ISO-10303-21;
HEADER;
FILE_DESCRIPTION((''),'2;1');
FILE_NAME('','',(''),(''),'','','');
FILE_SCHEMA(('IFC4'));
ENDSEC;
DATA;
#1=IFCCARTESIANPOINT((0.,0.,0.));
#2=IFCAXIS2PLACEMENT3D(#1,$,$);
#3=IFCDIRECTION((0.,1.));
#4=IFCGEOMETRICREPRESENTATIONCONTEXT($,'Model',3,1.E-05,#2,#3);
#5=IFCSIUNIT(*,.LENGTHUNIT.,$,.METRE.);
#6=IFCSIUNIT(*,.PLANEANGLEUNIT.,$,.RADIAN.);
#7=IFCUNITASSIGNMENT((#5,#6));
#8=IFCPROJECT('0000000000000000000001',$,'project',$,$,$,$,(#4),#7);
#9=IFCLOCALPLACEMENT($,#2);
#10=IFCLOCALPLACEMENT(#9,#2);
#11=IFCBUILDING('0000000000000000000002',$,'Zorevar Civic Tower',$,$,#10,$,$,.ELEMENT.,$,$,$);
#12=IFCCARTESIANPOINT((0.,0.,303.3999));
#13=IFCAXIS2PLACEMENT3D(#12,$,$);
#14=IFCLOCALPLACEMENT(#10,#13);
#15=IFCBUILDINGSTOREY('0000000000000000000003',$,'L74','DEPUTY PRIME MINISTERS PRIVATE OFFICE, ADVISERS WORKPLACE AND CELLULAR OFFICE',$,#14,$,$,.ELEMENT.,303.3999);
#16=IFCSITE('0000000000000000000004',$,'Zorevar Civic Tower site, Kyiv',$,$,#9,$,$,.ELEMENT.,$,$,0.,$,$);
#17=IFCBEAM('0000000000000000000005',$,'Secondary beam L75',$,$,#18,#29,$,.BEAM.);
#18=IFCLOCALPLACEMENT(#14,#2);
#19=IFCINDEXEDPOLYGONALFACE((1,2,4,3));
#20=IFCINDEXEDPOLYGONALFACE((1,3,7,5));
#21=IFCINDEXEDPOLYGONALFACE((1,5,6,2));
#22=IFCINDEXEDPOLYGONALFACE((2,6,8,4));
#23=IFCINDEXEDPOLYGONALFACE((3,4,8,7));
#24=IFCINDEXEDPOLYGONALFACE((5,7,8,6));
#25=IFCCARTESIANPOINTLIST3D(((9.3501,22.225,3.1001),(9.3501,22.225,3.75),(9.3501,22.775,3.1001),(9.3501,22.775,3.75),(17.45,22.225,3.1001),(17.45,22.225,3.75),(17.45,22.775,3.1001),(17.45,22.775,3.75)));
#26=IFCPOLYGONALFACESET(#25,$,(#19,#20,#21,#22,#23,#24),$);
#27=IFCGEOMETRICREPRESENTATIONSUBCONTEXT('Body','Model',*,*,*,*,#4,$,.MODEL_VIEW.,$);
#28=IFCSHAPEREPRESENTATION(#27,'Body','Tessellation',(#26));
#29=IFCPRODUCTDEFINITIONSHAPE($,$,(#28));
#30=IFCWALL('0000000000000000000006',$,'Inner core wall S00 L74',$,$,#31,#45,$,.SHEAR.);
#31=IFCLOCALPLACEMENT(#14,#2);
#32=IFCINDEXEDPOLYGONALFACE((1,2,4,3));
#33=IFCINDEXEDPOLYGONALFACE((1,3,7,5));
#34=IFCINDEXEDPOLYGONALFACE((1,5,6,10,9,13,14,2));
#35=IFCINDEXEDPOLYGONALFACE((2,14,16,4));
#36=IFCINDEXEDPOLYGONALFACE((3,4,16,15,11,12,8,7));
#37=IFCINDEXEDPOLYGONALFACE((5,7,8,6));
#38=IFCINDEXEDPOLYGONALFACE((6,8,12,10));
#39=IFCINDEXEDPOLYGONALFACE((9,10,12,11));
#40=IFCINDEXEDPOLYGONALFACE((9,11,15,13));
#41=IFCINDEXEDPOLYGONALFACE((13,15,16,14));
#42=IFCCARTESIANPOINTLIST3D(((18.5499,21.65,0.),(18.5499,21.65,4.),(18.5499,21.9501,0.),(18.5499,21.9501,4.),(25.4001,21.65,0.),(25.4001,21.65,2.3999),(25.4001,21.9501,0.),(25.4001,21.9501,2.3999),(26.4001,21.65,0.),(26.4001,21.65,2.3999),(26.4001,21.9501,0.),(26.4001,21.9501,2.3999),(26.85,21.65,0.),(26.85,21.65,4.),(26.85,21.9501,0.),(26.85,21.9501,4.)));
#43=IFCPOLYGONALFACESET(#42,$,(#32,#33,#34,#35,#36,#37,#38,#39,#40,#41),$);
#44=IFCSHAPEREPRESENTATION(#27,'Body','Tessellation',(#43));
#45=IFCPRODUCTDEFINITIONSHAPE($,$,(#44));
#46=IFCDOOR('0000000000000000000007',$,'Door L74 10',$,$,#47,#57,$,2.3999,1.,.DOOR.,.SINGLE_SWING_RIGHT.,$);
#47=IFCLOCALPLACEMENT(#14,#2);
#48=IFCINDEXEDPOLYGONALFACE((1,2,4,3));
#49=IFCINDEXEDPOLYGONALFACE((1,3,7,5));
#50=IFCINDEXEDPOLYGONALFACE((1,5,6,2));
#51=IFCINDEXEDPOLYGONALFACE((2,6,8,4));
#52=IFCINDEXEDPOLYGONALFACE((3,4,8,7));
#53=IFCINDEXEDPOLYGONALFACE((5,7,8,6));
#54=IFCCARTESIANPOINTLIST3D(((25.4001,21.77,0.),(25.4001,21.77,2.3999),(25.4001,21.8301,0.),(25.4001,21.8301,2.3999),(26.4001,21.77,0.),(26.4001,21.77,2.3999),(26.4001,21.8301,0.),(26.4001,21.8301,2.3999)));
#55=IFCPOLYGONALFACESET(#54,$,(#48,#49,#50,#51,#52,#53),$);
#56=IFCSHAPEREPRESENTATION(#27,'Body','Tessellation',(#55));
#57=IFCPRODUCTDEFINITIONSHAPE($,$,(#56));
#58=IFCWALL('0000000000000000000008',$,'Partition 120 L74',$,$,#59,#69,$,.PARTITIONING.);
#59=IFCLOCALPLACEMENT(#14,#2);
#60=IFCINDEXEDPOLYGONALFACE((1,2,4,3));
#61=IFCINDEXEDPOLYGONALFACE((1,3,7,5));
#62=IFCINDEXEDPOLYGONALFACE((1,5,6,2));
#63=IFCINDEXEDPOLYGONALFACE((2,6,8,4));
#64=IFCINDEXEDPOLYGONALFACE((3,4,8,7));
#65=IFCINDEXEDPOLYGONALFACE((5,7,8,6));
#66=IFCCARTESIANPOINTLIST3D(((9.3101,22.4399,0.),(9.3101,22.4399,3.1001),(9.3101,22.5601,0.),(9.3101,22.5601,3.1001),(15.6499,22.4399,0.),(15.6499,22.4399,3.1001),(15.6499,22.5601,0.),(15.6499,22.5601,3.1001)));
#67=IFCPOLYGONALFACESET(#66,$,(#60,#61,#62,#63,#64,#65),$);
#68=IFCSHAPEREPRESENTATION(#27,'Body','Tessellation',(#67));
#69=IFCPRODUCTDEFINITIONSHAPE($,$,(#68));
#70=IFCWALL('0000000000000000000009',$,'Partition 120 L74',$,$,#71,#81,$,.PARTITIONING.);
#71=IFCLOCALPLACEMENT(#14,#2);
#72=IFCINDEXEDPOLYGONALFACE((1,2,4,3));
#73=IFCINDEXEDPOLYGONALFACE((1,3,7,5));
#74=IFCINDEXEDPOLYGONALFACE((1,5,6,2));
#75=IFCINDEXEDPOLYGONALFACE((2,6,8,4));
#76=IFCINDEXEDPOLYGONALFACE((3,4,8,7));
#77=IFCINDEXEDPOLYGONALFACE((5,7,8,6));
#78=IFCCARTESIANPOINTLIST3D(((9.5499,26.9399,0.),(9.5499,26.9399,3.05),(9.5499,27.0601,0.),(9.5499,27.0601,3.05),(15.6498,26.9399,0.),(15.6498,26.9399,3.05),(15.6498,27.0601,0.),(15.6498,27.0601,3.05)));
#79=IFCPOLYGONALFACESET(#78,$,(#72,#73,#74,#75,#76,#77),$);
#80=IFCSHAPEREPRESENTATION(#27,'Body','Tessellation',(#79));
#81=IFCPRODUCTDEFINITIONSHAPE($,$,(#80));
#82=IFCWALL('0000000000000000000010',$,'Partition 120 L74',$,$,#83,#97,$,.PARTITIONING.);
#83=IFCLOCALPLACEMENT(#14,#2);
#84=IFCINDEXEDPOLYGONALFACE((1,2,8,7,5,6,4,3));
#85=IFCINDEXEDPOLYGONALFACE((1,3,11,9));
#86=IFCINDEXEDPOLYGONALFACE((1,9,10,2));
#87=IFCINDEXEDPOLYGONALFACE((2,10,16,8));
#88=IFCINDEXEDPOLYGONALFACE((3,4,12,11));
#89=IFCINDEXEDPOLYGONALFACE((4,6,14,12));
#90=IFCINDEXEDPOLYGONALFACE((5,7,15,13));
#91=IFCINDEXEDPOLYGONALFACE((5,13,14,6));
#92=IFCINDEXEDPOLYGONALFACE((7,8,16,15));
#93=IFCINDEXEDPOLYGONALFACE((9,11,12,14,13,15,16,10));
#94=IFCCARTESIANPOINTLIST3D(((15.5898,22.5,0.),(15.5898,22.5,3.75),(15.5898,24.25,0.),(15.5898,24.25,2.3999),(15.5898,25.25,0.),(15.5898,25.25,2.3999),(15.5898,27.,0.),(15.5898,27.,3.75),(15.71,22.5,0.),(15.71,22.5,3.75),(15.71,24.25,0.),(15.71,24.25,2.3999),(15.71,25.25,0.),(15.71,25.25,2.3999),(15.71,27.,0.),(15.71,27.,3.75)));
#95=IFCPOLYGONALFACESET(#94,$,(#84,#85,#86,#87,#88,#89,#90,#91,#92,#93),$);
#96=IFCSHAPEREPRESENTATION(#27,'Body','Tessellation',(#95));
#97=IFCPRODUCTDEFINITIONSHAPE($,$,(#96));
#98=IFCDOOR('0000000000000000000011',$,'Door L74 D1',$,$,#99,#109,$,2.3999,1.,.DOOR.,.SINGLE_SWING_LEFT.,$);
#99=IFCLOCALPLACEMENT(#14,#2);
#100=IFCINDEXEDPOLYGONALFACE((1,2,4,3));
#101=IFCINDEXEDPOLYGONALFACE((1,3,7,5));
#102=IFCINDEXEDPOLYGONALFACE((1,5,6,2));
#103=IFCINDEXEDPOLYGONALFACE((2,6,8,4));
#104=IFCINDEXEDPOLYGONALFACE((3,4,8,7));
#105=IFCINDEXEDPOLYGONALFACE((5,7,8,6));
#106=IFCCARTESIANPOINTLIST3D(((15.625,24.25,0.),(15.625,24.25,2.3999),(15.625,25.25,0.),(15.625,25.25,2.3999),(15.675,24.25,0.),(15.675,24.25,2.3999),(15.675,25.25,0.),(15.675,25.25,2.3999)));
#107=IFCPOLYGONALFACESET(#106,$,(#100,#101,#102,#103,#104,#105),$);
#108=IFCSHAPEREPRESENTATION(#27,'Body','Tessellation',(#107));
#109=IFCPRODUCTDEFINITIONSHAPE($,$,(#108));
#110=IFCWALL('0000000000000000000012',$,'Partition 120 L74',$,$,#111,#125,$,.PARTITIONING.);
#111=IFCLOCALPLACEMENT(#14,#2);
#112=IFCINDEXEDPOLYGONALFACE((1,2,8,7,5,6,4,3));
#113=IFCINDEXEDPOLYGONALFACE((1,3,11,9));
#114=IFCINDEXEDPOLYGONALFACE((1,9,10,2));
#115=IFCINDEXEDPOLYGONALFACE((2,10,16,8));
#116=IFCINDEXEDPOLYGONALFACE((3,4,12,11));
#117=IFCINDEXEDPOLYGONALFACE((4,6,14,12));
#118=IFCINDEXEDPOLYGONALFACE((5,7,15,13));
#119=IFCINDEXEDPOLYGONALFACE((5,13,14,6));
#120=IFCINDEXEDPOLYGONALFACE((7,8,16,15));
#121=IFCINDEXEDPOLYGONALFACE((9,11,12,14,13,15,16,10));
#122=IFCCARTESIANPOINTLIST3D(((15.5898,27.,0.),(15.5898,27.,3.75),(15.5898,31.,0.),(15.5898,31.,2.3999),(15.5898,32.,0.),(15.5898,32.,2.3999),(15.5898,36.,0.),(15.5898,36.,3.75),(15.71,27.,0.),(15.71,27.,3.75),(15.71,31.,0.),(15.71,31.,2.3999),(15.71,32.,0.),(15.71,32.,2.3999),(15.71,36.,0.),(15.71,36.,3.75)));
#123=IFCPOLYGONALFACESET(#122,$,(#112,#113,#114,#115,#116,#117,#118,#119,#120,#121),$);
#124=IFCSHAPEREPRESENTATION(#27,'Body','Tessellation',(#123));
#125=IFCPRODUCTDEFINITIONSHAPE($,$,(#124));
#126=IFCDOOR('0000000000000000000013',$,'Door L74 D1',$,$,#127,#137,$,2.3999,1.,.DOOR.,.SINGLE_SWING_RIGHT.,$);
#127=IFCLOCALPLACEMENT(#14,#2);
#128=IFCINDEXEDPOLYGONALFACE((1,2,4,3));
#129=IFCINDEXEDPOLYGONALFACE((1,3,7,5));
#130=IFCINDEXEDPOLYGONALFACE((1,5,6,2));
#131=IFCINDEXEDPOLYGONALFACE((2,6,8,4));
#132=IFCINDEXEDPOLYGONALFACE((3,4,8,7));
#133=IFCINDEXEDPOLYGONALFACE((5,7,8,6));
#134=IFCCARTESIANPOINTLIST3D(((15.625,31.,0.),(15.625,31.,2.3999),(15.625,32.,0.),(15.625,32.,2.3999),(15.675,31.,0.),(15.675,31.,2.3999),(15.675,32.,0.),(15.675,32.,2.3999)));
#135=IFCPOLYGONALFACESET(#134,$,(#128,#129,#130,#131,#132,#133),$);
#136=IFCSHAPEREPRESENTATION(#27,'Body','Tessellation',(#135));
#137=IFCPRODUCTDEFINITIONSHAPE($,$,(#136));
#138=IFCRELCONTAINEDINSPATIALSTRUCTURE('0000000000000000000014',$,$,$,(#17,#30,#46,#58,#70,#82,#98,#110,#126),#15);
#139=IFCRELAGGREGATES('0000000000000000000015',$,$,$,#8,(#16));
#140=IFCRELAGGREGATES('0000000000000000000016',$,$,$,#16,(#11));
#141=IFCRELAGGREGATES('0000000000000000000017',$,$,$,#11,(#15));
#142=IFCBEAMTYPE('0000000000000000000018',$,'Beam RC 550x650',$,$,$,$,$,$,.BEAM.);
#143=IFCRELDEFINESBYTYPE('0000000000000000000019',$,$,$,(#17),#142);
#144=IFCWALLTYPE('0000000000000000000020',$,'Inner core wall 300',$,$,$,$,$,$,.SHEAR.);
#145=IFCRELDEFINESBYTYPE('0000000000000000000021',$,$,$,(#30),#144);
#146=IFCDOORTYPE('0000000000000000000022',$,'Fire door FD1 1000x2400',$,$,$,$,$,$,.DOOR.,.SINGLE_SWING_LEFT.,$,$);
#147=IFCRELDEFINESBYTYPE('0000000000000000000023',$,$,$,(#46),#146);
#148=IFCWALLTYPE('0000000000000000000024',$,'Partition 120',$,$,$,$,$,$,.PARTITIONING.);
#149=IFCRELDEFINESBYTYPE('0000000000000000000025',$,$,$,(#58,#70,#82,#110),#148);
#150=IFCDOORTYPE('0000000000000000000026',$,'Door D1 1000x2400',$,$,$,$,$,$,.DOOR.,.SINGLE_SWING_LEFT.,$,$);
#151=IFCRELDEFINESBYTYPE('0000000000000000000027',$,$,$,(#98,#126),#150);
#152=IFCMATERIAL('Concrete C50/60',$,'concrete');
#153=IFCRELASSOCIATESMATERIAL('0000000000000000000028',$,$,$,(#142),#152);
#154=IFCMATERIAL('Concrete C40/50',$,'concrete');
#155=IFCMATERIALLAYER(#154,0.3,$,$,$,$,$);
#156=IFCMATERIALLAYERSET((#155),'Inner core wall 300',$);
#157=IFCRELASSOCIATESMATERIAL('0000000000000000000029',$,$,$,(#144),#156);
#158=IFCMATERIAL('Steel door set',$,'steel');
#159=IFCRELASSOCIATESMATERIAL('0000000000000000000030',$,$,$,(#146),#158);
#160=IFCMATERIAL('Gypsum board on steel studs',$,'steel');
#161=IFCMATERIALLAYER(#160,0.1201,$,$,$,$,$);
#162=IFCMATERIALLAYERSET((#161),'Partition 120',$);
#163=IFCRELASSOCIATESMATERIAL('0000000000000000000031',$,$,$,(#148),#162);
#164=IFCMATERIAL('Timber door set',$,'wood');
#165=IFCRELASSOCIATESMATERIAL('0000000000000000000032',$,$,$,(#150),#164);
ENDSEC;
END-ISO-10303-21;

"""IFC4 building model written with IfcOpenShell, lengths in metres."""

from ifc_helpers import new_model, si_unit, direction, frame, frame_2d, origin, origin_2d, place, context, subcontext, project, spatial, rectangle, extrude, material, layer, layer_set, material_profile, profile_set, type_object, element, fill, save


model = new_model("IFC4")

# Units and contexts
model_context = context("Model", 3, precision=1e-05, world=origin(), true_north=direction((0.0, 1.0)))
body_context = subcontext(model_context, "Body", "Model", "MODEL_VIEW")
ifc_project = project(units=[si_unit("LENGTHUNIT", "METRE"), si_unit("PLANEANGLEUNIT", "RADIAN")], contexts=[model_context])

# Site, building, storey
site_placement = place(None, origin())
site = spatial("IfcSite", under=ifc_project, at=site_placement, Name="Zorevar Civic Tower site, Kyiv", CompositionType="ELEMENT", RefElevation=0.0)
building_placement = place(site_placement, origin())
building = spatial("IfcBuilding", under=site, at=building_placement, Name="Zorevar Civic Tower", CompositionType="ELEMENT")
storey_placement = place(building_placement, frame((0.0, 0.0, 303.3999)))
storey = spatial("IfcBuildingStorey", under=building, at=storey_placement, Name="L74", Description="DEPUTY PRIME MINISTERS PRIVATE OFFICE, ADVISERS WORKPLACE AND CELLULAR OFFICE", CompositionType="ELEMENT", Elevation=303.3999)

# Beam
ifc_material_1 = material(Name="Concrete C50/60", Category="concrete")
ifc_material_profile = material_profile(ifc_material_1, rectangle(XDim=0.55, YDim=0.6499, at=origin_2d()), Name="RC 550x650")
ifc_profile_set = profile_set([ifc_material_profile], Name="Concrete C50/60")
beam_type = type_object("IfcBeamType", Name="Beam RC 550x650", PredefinedType="BEAM", material=ifc_profile_set)
beam_placement = place(storey_placement, frame((9.3501, 22.5, 3.425), z_axis=(1.0, 0.0, 0.0), x_axis=(0.0, 1.0, 0.0)))
element("IfcBeam", 1, at=beam_placement, inside=storey, type_object=beam_type, Name="Secondary beam L75", PredefinedType="BEAM", context=body_context, shape_type="SweptSolid", body=[
    extrude(rectangle(XDim=0.55, YDim=0.6499, at=origin_2d()), origin(), (0.0, 0.0, 1.0), 8.0999),
])

# Wall, opening, door
ifc_material_2 = material(Name="Concrete C40/50", Category="concrete")
ifc_layer_1 = layer(ifc_material_2, 0.3)
ifc_layer_set_1 = layer_set([ifc_layer_1], Name="Inner core wall 300")
wall_type_1 = type_object("IfcWallType", Name="Inner core wall 300", PredefinedType="SHEAR", material=ifc_layer_set_1)
wall_1_placement = place(storey_placement, frame((18.55, 21.8, 0.0), z_axis=(0.0, 0.0, 1.0), x_axis=(1.0, 0.0, 0.0)))
wall_1 = element("IfcWall", 2, at=wall_1_placement, inside=storey, type_object=wall_type_1, Name="Inner core wall S00 L74", PredefinedType="SHEAR", context=body_context, shape_type="SweptSolid", body=[
    extrude(rectangle(XDim=8.3, YDim=0.3, at=frame_2d((4.1499, 0.0))), origin(), (0.0, 0.0, 1.0), 4.0),
])
opening_1_placement = place(wall_1_placement, frame((6.8501, 0.0, 0.0)))
opening_1 = element("IfcOpeningElement", 3, at=opening_1_placement, cuts=wall_1, PredefinedType="OPENING", context=body_context, shape_type="SweptSolid", body=[
    extrude(rectangle(XDim=1.0, YDim=2.3999, at=frame_2d((0.5, 1.2))), frame((0.0, 0.1599, 0.0), z_axis=(0.0, -1.0, 0.0), x_axis=(1.0, 0.0, 0.0)), (0.0, 0.0, 1.0), 0.3201),
])
ifc_material_3 = material(Name="Steel door set", Category="steel")
door_type_1 = type_object("IfcDoorType", Name="Fire door FD1 1000x2400", OperationType="SINGLE_SWING_LEFT", PredefinedType="DOOR", material=ifc_material_3)
door_1_placement = place(opening_1_placement, origin())
door_1 = element("IfcDoor", 4, at=door_1_placement, inside=storey, type_object=door_type_1, Name="Door L74 10", OperationType="SINGLE_SWING_RIGHT", OverallHeight=2.3999, OverallWidth=1.0, PredefinedType="DOOR", context=body_context, shape_type="SweptSolid", body=[
    extrude(rectangle(XDim=1.0, YDim=2.3999, at=frame_2d((0.5, 1.2))), frame((0.0, 0.03, 0.0), z_axis=(0.0, -1.0, 0.0), x_axis=(1.0, 0.0, 0.0)), (0.0, 0.0, 1.0), 0.0601),
])
fill(opening_1, door_1)

# Walls
ifc_material_4 = material(Name="Gypsum board on steel studs", Category="steel")
ifc_layer_2 = layer(ifc_material_4, 0.1201)
ifc_layer_set_2 = layer_set([ifc_layer_2], Name="Partition 120")
wall_type_2 = type_object("IfcWallType", Name="Partition 120", PredefinedType="PARTITIONING", material=ifc_layer_set_2)
wall_2_placement = place(storey_placement, frame((9.3101, 22.5, 0.0), z_axis=(0.0, 0.0, 1.0), x_axis=(1.0, 0.0, 0.0)))
element("IfcWall", 5, at=wall_2_placement, inside=storey, type_object=wall_type_2, Name="Partition 120 L74", PredefinedType="PARTITIONING", context=body_context, shape_type="SweptSolid", body=[
    extrude(rectangle(XDim=6.3398, YDim=0.1201, at=frame_2d((3.1699, 0.0))), origin(), (0.0, 0.0, 1.0), 3.1001),
])
wall_3_placement = place(storey_placement, frame((9.55, 27.0, 0.0), z_axis=(0.0, 0.0, 1.0), x_axis=(1.0, 0.0, 0.0)))
element("IfcWall", 6, at=wall_3_placement, inside=storey, type_object=wall_type_2, Name="Partition 120 L74", PredefinedType="PARTITIONING", context=body_context, shape_type="SweptSolid", body=[
    extrude(rectangle(XDim=6.0999, YDim=0.1201, at=frame_2d((3.0498, 0.0))), origin(), (0.0, 0.0, 1.0), 3.05),
])

# Walls, openings, doors
wall_4_placement = place(storey_placement, frame((15.6499, 22.5, 0.0), z_axis=(0.0, 0.0, 1.0), x_axis=(0.0, 1.0, 0.0)))
wall_4 = element("IfcWall", 7, at=wall_4_placement, inside=storey, type_object=wall_type_2, Name="Partition 120 L74", PredefinedType="PARTITIONING", context=body_context, shape_type="SweptSolid", body=[
    extrude(rectangle(XDim=4.5, YDim=0.1201, at=frame_2d((2.25, 0.0))), origin(), (0.0, 0.0, 1.0), 3.75),
])
opening_2_placement = place(wall_4_placement, frame((1.75, 0.0, 0.0)))
opening_2 = element("IfcOpeningElement", 8, at=opening_2_placement, cuts=wall_4, PredefinedType="OPENING", context=body_context, shape_type="SweptSolid", body=[
    extrude(rectangle(XDim=1.0, YDim=2.3999, at=frame_2d((0.5, 1.2))), frame((0.0, 0.0701, 0.0), z_axis=(0.0, -1.0, 0.0), x_axis=(1.0, 0.0, 0.0)), (0.0, 0.0, 1.0), 0.1401),
])
ifc_material_5 = material(Name="Timber door set", Category="wood")
door_type_2 = type_object("IfcDoorType", Name="Door D1 1000x2400", OperationType="SINGLE_SWING_LEFT", PredefinedType="DOOR", material=ifc_material_5)
door_2_placement = place(opening_2_placement, origin())
door_2 = element("IfcDoor", 9, at=door_2_placement, inside=storey, type_object=door_type_2, Name="Door L74 D1", OperationType="SINGLE_SWING_LEFT", OverallHeight=2.3999, OverallWidth=1.0, PredefinedType="DOOR", context=body_context, shape_type="SweptSolid", body=[
    extrude(rectangle(XDim=1.0, YDim=2.3999, at=frame_2d((0.5, 1.2))), frame((0.0, 0.0249, 0.0), z_axis=(0.0, -1.0, 0.0), x_axis=(1.0, 0.0, 0.0)), (0.0, 0.0, 1.0), 0.05),
])
fill(opening_2, door_2)
wall_5_placement = place(storey_placement, frame((15.6499, 27.0, 0.0), z_axis=(0.0, 0.0, 1.0), x_axis=(0.0, 1.0, 0.0)))
wall_5 = element("IfcWall", 10, at=wall_5_placement, inside=storey, type_object=wall_type_2, Name="Partition 120 L74", PredefinedType="PARTITIONING", context=body_context, shape_type="SweptSolid", body=[
    extrude(rectangle(XDim=9.0, YDim=0.1201, at=frame_2d((4.5, 0.0))), origin(), (0.0, 0.0, 1.0), 3.75),
])
opening_3_placement = place(wall_5_placement, frame((4.0, 0.0, 0.0)))
opening_3 = element("IfcOpeningElement", 11, at=opening_3_placement, cuts=wall_5, PredefinedType="OPENING", context=body_context, shape_type="SweptSolid", body=[
    extrude(rectangle(XDim=1.0, YDim=2.3999, at=frame_2d((0.5, 1.2))), frame((0.0, 0.0701, 0.0), z_axis=(0.0, -1.0, 0.0), x_axis=(1.0, 0.0, 0.0)), (0.0, 0.0, 1.0), 0.1401),
])
door_3_placement = place(opening_3_placement, origin())
door_3 = element("IfcDoor", 12, at=door_3_placement, inside=storey, type_object=door_type_2, Name="Door L74 D1", OperationType="SINGLE_SWING_RIGHT", OverallHeight=2.3999, OverallWidth=1.0, PredefinedType="DOOR", context=body_context, shape_type="SweptSolid", body=[
    extrude(rectangle(XDim=1.0, YDim=2.3999, at=frame_2d((0.5, 1.2))), frame((0.0, 0.0249, 0.0), z_axis=(0.0, -1.0, 0.0), x_axis=(1.0, 0.0, 0.0)), (0.0, 0.0, 1.0), 0.05),
])
fill(opening_3, door_3)

save(model, "model.ifc")
